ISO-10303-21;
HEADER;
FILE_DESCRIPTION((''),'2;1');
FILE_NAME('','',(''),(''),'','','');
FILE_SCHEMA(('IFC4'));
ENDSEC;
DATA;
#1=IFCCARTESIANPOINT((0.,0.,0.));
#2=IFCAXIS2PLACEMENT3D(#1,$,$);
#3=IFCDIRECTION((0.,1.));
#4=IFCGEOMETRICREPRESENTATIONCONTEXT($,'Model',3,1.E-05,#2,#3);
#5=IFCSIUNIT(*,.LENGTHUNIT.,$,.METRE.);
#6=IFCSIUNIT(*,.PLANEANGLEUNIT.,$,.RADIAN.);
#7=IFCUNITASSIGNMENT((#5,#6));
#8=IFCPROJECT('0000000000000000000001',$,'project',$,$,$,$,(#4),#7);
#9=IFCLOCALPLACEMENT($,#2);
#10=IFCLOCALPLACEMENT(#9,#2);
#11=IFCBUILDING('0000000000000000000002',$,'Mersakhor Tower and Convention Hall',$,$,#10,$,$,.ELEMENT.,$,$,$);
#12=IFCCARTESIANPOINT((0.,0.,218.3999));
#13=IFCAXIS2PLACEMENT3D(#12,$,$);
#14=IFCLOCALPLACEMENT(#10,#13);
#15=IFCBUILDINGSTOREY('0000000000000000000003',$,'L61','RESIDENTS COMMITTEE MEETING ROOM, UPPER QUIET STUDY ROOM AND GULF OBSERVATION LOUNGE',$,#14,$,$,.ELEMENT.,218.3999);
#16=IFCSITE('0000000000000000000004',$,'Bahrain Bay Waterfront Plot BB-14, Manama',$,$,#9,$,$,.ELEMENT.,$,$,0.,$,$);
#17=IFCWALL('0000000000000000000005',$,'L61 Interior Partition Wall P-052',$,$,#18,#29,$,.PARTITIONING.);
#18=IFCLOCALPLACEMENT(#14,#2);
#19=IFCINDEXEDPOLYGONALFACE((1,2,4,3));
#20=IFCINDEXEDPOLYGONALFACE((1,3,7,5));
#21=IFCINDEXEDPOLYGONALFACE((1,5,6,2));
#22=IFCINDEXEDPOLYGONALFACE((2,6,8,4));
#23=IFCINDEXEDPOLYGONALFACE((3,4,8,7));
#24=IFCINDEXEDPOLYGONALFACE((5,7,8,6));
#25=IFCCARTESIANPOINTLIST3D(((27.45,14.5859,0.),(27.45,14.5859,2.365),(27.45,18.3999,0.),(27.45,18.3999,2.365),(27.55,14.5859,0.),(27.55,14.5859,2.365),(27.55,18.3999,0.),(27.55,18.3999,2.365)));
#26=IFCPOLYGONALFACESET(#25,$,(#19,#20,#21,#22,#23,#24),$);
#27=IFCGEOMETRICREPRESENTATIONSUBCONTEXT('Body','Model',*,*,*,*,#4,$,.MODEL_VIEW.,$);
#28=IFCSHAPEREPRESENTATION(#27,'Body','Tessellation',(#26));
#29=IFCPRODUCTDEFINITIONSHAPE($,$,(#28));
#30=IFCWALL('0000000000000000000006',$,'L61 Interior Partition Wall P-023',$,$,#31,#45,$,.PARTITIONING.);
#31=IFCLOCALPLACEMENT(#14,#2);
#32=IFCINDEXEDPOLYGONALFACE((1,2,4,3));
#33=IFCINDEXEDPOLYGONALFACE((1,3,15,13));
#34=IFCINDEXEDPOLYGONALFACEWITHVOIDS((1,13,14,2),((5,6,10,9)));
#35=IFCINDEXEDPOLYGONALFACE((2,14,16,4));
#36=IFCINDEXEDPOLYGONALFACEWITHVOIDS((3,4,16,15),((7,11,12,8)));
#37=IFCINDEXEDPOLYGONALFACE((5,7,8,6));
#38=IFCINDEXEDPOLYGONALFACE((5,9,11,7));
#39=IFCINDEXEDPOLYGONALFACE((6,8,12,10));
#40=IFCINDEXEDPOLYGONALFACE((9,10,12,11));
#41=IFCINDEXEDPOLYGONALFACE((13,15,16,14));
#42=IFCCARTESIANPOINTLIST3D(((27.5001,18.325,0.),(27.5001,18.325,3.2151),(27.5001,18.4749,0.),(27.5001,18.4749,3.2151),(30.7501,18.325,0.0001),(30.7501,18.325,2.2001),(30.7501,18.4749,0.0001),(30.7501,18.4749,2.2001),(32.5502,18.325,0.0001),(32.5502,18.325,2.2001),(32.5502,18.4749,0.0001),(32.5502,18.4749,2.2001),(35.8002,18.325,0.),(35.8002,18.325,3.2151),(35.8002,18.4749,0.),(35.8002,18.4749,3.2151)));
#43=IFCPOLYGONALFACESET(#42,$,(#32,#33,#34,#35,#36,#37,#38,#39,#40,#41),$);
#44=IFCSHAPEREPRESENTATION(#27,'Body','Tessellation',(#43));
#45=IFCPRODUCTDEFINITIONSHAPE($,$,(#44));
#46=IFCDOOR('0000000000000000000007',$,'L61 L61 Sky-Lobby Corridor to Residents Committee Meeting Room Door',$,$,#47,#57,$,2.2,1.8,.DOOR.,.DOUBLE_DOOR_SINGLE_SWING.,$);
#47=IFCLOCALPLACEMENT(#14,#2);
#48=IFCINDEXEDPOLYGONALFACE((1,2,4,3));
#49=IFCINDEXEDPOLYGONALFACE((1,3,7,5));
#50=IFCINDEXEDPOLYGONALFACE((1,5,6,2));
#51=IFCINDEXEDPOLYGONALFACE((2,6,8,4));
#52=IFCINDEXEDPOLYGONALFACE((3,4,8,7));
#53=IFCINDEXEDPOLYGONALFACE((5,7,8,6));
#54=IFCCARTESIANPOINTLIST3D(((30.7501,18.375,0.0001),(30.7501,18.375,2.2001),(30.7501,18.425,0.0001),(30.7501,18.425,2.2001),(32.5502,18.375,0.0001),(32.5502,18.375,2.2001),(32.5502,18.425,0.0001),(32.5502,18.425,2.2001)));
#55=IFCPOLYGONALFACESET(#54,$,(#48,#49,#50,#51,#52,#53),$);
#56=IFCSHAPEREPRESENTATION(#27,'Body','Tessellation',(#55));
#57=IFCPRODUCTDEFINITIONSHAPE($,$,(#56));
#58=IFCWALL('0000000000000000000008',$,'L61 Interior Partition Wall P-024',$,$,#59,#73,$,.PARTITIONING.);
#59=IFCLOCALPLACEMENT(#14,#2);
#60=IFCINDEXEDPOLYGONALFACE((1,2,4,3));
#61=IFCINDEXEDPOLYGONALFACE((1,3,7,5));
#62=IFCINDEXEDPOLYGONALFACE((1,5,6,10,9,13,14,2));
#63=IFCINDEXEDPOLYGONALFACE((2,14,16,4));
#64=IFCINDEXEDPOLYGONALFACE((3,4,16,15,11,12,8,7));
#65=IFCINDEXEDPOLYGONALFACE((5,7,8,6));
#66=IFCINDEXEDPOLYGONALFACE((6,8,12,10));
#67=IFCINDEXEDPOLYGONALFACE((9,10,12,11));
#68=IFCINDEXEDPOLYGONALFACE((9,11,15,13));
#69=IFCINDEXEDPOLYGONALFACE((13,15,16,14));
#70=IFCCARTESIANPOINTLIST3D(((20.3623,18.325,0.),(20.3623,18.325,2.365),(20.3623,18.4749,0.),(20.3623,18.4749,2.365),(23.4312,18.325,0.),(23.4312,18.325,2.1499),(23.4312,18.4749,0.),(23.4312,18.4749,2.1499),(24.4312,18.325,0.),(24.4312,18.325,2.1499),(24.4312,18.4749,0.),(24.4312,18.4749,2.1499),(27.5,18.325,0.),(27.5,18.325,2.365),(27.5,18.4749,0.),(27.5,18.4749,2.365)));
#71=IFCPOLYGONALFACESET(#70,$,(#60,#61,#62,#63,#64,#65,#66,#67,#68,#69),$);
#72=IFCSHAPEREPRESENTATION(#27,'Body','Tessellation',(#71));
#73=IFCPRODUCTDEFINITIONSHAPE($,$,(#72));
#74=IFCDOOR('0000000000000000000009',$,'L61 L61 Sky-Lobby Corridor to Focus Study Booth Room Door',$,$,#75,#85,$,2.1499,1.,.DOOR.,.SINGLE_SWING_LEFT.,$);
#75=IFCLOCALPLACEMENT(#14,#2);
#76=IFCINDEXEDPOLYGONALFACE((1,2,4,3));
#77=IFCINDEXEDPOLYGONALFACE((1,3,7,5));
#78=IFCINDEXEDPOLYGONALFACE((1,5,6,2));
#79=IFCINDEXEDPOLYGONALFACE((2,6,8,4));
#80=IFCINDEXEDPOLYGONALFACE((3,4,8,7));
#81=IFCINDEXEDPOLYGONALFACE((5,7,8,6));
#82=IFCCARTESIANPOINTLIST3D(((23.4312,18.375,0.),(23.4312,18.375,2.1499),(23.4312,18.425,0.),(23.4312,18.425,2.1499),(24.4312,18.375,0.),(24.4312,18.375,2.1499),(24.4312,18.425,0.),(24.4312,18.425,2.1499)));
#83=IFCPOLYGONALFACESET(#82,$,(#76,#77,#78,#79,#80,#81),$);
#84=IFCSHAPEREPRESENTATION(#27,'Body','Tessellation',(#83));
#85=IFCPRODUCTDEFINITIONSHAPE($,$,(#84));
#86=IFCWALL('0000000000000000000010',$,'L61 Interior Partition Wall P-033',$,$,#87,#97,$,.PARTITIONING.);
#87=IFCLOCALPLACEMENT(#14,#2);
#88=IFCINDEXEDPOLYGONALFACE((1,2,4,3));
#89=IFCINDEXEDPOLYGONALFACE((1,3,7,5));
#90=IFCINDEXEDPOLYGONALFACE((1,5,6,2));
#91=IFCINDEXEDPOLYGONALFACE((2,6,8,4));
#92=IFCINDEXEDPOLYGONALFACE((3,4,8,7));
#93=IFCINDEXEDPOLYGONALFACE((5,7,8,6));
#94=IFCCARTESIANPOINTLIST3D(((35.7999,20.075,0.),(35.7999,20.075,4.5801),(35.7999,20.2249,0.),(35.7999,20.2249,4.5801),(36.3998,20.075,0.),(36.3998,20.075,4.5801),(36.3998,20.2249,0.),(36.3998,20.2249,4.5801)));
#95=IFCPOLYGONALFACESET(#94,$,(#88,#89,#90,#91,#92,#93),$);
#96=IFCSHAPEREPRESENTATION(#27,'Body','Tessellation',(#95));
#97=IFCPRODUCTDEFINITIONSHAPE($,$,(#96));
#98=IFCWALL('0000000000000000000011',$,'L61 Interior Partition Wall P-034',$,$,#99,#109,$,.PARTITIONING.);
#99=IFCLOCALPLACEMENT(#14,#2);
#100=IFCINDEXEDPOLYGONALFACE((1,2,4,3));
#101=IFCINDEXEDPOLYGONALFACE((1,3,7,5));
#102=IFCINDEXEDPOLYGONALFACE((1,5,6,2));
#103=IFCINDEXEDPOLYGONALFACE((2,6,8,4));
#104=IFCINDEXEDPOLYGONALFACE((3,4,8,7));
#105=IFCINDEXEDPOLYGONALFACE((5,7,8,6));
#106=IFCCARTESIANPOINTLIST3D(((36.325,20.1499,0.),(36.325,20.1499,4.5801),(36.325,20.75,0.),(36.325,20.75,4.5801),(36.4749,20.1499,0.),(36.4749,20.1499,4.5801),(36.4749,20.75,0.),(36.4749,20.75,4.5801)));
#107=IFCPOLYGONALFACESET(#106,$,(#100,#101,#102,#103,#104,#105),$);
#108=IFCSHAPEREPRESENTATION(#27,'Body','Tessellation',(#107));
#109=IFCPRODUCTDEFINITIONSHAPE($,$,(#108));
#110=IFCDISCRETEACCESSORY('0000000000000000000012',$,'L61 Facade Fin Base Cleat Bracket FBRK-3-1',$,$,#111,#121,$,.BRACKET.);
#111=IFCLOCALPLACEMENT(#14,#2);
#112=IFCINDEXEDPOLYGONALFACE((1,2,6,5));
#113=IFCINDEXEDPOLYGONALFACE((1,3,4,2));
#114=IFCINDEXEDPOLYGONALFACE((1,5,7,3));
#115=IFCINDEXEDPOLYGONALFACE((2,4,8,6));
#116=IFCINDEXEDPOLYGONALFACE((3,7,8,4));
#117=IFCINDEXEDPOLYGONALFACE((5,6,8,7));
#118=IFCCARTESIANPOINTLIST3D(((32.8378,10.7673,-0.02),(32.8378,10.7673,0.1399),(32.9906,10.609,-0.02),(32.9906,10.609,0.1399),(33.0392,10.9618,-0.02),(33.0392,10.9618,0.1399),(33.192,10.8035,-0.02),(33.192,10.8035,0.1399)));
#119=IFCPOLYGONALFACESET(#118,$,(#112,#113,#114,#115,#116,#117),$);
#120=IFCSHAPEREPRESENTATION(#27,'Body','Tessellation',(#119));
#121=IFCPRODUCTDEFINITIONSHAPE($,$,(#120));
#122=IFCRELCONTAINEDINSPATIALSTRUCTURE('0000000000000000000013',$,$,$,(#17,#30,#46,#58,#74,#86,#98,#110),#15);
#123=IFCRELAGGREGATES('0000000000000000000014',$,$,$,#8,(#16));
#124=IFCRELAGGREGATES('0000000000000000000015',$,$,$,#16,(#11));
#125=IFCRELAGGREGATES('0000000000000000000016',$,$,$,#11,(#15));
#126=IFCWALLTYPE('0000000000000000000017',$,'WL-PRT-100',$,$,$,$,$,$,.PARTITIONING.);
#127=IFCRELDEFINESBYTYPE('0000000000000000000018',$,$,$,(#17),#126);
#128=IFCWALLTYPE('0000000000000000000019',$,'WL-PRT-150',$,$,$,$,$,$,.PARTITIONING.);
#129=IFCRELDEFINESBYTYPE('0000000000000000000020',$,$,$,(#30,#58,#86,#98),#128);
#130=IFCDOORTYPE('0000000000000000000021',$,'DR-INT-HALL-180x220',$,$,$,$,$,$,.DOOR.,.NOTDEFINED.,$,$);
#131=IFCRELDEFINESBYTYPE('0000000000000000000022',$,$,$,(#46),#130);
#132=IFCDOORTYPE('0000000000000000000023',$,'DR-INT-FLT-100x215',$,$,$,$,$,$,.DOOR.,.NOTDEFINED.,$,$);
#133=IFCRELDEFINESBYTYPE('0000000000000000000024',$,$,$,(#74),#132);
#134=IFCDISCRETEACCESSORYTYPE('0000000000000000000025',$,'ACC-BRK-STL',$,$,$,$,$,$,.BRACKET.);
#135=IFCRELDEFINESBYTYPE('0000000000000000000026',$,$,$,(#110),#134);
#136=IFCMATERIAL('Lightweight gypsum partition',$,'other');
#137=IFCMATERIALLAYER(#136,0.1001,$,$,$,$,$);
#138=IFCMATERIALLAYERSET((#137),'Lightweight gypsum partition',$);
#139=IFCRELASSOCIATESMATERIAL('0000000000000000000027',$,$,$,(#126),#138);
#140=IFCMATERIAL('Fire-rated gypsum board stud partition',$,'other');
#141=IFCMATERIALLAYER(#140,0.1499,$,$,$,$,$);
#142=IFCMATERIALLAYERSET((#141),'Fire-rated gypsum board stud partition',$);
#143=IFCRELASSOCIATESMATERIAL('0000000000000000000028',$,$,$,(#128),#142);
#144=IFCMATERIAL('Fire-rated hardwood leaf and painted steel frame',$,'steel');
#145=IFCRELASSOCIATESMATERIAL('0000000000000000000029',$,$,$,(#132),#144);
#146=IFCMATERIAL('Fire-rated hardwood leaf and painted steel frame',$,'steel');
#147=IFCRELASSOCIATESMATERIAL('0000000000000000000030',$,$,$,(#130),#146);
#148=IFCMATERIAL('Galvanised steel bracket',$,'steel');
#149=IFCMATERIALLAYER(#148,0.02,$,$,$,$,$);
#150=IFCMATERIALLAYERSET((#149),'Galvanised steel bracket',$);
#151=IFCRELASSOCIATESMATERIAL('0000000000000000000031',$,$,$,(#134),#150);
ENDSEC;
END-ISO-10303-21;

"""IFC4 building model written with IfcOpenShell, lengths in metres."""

from ifc_helpers import new_model, si_unit, direction, frame, frame_2d, origin, origin_2d, place, context, subcontext, project, spatial, rectangle, extrude, material, layer, layer_set, type_object, element, fill, save


model = new_model("IFC4")

# Units and contexts
model_context = context("Model", 3, precision=1e-05, world=origin(), true_north=direction((0.0, 1.0)))
body_context = subcontext(model_context, "Body", "Model", "MODEL_VIEW")
ifc_project = project(units=[si_unit("LENGTHUNIT", "METRE"), si_unit("PLANEANGLEUNIT", "RADIAN")], contexts=[model_context])

# Site, building, storey
site_placement = place(None, origin())
site = spatial("IfcSite", under=ifc_project, at=site_placement, Name="Bahrain Bay Waterfront Plot BB-14, Manama", CompositionType="ELEMENT", RefElevation=0.0)
building_placement = place(site_placement, origin())
building = spatial("IfcBuilding", under=site, at=building_placement, Name="Mersakhor Tower and Convention Hall", CompositionType="ELEMENT")
storey_placement = place(building_placement, frame((0.0, 0.0, 218.3999)))
storey = spatial("IfcBuildingStorey", under=building, at=storey_placement, Name="L61", Description="RESIDENTS COMMITTEE MEETING ROOM, UPPER QUIET STUDY ROOM AND GULF OBSERVATION LOUNGE", CompositionType="ELEMENT", Elevation=218.3999)

# Wall
ifc_material_1 = material(Name="Lightweight gypsum partition", Category="other")
ifc_layer_1 = layer(ifc_material_1, 0.1001)
ifc_layer_set_1 = layer_set([ifc_layer_1], Name="Lightweight gypsum partition")
wall_type_1 = type_object("IfcWallType", Name="WL-PRT-100", PredefinedType="PARTITIONING", material=ifc_layer_set_1)
wall_1_placement = place(storey_placement, frame((27.5, 14.5859, 0.0), z_axis=(0.0, 0.0, 1.0), x_axis=(0.0, 1.0, 0.0)))
element("IfcWall", 1, at=wall_1_placement, inside=storey, type_object=wall_type_1, Name="L61 Interior Partition Wall P-052", PredefinedType="PARTITIONING", context=body_context, shape_type="SweptSolid", body=[
    extrude(rectangle(XDim=3.814, YDim=0.1001, at=frame_2d((1.907, 0.0))), origin(), (0.0, 0.0, 1.0), 2.365),
])

# Walls, openings, doors
ifc_material_2 = material(Name="Fire-rated gypsum board stud partition", Category="other")
ifc_layer_2 = layer(ifc_material_2, 0.1499)
ifc_layer_set_2 = layer_set([ifc_layer_2], Name="Fire-rated gypsum board stud partition")
wall_type_2 = type_object("IfcWallType", Name="WL-PRT-150", PredefinedType="PARTITIONING", material=ifc_layer_set_2)
ifc_material_3 = material(Name="Fire-rated hardwood leaf and painted steel frame", Category="steel")
door_type_1 = type_object("IfcDoorType", Name="DR-INT-FLT-100x215", OperationType="NOTDEFINED", PredefinedType="DOOR", material=ifc_material_3)
wall_2_placement = place(storey_placement, frame((35.8, 18.3999, 0.0), z_axis=(0.0, 0.0, 1.0), x_axis=(-1.0, 0.0, 0.0)))
wall_2 = element("IfcWall", 2, at=wall_2_placement, inside=storey, type_object=wall_type_2, Name="L61 Interior Partition Wall P-023", PredefinedType="PARTITIONING", context=body_context, shape_type="SweptSolid", body=[
    extrude(rectangle(XDim=8.3, YDim=0.1499, at=frame_2d((4.1499, 0.0))), origin(), (0.0, 0.0, 1.0), 3.2151),
])
opening_1_placement = place(wall_2_placement, frame((3.25, 0.0, 0.0)))
opening_1 = element("IfcOpeningElement", 3, at=opening_1_placement, cuts=wall_2, PredefinedType="OPENING", context=body_context, shape_type="SweptSolid", body=[
    extrude(rectangle(XDim=1.8, YDim=2.2, at=frame_2d((0.8999, 1.1001))), frame((0.0, 0.085, 0.0), z_axis=(0.0, -1.0, 0.0), x_axis=(1.0, 0.0, 0.0)), (0.0, 0.0, 1.0), 0.1699),
])
ifc_material_4 = material(Name="Fire-rated hardwood leaf and painted steel frame", Category="steel")
door_type_2 = type_object("IfcDoorType", Name="DR-INT-HALL-180x220", OperationType="NOTDEFINED", PredefinedType="DOOR", material=ifc_material_4)
door_1_placement = place(opening_1_placement, origin())
door_1 = element("IfcDoor", 4, at=door_1_placement, inside=storey, type_object=door_type_2, Name="L61 L61 Sky-Lobby Corridor to Residents Committee Meeting Room Door", OperationType="DOUBLE_DOOR_SINGLE_SWING", OverallHeight=2.2, OverallWidth=1.8, PredefinedType="DOOR", context=body_context, shape_type="SweptSolid", body=[
    extrude(rectangle(XDim=1.8, YDim=2.2, at=frame_2d((0.8999, 1.1001))), frame((0.0, 0.0249, 0.0), z_axis=(0.0, -1.0, 0.0), x_axis=(1.0, 0.0, 0.0)), (0.0, 0.0, 1.0), 0.05),
])
fill(opening_1, door_1)
wall_3_placement = place(storey_placement, frame((27.5, 18.3999, 0.0), z_axis=(0.0, 0.0, 1.0), x_axis=(-1.0, 0.0, 0.0)))
wall_3 = element("IfcWall", 5, at=wall_3_placement, inside=storey, type_object=wall_type_2, Name="L61 Interior Partition Wall P-024", PredefinedType="PARTITIONING", context=body_context, shape_type="SweptSolid", body=[
    extrude(rectangle(XDim=7.1377, YDim=0.1499, at=frame_2d((3.5688, 0.0))), origin(), (0.0, 0.0, 1.0), 2.365),
])
opening_2_placement = place(wall_3_placement, frame((3.0688, 0.0, 0.0)))
opening_2 = element("IfcOpeningElement", 6, at=opening_2_placement, cuts=wall_3, PredefinedType="OPENING", context=body_context, shape_type="SweptSolid", body=[
    extrude(rectangle(XDim=1.0, YDim=2.1499, at=frame_2d((0.5, 1.075))), frame((0.0, 0.085, 0.0), z_axis=(0.0, -1.0, 0.0), x_axis=(1.0, 0.0, 0.0)), (0.0, 0.0, 1.0), 0.1699),
])
door_2_placement = place(opening_2_placement, origin())
door_2 = element("IfcDoor", 7, at=door_2_placement, inside=storey, type_object=door_type_1, Name="L61 L61 Sky-Lobby Corridor to Focus Study Booth Room Door", OperationType="SINGLE_SWING_LEFT", OverallHeight=2.1499, OverallWidth=1.0, PredefinedType="DOOR", context=body_context, shape_type="SweptSolid", body=[
    extrude(rectangle(XDim=1.0, YDim=2.1499, at=frame_2d((0.5, 1.075))), frame((0.0, 0.0249, 0.0), z_axis=(0.0, -1.0, 0.0), x_axis=(1.0, 0.0, 0.0)), (0.0, 0.0, 1.0), 0.05),
])
fill(opening_2, door_2)

# Walls
wall_4_placement = place(storey_placement, frame((35.8, 20.1499, 0.0), z_axis=(0.0, 0.0, 1.0), x_axis=(1.0, 0.0, 0.0)))
element("IfcWall", 8, at=wall_4_placement, inside=storey, type_object=wall_type_2, Name="L61 Interior Partition Wall P-033", PredefinedType="PARTITIONING", context=body_context, shape_type="SweptSolid", body=[
    extrude(rectangle(XDim=0.5999, YDim=0.1499, at=frame_2d((0.2998, 0.0))), origin(), (0.0, 0.0, 1.0), 4.5801),
])
wall_5_placement = place(storey_placement, frame((36.3999, 20.1499, 0.0), z_axis=(0.0, 0.0, 1.0), x_axis=(0.0, 1.0, 0.0)))
element("IfcWall", 9, at=wall_5_placement, inside=storey, type_object=wall_type_2, Name="L61 Interior Partition Wall P-034", PredefinedType="PARTITIONING", context=body_context, shape_type="SweptSolid", body=[
    extrude(rectangle(XDim=0.6001, YDim=0.1499, at=frame_2d((0.3, 0.0))), origin(), (0.0, 0.0, 1.0), 4.5801),
])

# Discrete accessory
ifc_material_5 = material(Name="Galvanised steel bracket", Category="steel")
ifc_layer_3 = layer(ifc_material_5, 0.02)
ifc_layer_set_3 = layer_set([ifc_layer_3], Name="Galvanised steel bracket")
discrete_accessory_type = type_object("IfcDiscreteAccessoryType", Name="ACC-BRK-STL", PredefinedType="BRACKET", material=ifc_layer_set_3)
discrete_accessory_placement = place(storey_placement, frame((33.0149, 10.7854, -0.02), z_axis=(0.0, 0.0, 1.0), x_axis=(-0.71934, -0.694658, 0.0)))
element("IfcDiscreteAccessory", 10, at=discrete_accessory_placement, inside=storey, type_object=discrete_accessory_type, Name="L61 Facade Fin Base Cleat Bracket FBRK-3-1", PredefinedType="BRACKET", context=body_context, shape_type="SweptSolid", body=[
    extrude(rectangle(XDim=0.28, YDim=0.22, at=origin_2d()), origin(), (0.0, 0.0, 1.0), 0.1599),
])

save(model, "model.ifc")
